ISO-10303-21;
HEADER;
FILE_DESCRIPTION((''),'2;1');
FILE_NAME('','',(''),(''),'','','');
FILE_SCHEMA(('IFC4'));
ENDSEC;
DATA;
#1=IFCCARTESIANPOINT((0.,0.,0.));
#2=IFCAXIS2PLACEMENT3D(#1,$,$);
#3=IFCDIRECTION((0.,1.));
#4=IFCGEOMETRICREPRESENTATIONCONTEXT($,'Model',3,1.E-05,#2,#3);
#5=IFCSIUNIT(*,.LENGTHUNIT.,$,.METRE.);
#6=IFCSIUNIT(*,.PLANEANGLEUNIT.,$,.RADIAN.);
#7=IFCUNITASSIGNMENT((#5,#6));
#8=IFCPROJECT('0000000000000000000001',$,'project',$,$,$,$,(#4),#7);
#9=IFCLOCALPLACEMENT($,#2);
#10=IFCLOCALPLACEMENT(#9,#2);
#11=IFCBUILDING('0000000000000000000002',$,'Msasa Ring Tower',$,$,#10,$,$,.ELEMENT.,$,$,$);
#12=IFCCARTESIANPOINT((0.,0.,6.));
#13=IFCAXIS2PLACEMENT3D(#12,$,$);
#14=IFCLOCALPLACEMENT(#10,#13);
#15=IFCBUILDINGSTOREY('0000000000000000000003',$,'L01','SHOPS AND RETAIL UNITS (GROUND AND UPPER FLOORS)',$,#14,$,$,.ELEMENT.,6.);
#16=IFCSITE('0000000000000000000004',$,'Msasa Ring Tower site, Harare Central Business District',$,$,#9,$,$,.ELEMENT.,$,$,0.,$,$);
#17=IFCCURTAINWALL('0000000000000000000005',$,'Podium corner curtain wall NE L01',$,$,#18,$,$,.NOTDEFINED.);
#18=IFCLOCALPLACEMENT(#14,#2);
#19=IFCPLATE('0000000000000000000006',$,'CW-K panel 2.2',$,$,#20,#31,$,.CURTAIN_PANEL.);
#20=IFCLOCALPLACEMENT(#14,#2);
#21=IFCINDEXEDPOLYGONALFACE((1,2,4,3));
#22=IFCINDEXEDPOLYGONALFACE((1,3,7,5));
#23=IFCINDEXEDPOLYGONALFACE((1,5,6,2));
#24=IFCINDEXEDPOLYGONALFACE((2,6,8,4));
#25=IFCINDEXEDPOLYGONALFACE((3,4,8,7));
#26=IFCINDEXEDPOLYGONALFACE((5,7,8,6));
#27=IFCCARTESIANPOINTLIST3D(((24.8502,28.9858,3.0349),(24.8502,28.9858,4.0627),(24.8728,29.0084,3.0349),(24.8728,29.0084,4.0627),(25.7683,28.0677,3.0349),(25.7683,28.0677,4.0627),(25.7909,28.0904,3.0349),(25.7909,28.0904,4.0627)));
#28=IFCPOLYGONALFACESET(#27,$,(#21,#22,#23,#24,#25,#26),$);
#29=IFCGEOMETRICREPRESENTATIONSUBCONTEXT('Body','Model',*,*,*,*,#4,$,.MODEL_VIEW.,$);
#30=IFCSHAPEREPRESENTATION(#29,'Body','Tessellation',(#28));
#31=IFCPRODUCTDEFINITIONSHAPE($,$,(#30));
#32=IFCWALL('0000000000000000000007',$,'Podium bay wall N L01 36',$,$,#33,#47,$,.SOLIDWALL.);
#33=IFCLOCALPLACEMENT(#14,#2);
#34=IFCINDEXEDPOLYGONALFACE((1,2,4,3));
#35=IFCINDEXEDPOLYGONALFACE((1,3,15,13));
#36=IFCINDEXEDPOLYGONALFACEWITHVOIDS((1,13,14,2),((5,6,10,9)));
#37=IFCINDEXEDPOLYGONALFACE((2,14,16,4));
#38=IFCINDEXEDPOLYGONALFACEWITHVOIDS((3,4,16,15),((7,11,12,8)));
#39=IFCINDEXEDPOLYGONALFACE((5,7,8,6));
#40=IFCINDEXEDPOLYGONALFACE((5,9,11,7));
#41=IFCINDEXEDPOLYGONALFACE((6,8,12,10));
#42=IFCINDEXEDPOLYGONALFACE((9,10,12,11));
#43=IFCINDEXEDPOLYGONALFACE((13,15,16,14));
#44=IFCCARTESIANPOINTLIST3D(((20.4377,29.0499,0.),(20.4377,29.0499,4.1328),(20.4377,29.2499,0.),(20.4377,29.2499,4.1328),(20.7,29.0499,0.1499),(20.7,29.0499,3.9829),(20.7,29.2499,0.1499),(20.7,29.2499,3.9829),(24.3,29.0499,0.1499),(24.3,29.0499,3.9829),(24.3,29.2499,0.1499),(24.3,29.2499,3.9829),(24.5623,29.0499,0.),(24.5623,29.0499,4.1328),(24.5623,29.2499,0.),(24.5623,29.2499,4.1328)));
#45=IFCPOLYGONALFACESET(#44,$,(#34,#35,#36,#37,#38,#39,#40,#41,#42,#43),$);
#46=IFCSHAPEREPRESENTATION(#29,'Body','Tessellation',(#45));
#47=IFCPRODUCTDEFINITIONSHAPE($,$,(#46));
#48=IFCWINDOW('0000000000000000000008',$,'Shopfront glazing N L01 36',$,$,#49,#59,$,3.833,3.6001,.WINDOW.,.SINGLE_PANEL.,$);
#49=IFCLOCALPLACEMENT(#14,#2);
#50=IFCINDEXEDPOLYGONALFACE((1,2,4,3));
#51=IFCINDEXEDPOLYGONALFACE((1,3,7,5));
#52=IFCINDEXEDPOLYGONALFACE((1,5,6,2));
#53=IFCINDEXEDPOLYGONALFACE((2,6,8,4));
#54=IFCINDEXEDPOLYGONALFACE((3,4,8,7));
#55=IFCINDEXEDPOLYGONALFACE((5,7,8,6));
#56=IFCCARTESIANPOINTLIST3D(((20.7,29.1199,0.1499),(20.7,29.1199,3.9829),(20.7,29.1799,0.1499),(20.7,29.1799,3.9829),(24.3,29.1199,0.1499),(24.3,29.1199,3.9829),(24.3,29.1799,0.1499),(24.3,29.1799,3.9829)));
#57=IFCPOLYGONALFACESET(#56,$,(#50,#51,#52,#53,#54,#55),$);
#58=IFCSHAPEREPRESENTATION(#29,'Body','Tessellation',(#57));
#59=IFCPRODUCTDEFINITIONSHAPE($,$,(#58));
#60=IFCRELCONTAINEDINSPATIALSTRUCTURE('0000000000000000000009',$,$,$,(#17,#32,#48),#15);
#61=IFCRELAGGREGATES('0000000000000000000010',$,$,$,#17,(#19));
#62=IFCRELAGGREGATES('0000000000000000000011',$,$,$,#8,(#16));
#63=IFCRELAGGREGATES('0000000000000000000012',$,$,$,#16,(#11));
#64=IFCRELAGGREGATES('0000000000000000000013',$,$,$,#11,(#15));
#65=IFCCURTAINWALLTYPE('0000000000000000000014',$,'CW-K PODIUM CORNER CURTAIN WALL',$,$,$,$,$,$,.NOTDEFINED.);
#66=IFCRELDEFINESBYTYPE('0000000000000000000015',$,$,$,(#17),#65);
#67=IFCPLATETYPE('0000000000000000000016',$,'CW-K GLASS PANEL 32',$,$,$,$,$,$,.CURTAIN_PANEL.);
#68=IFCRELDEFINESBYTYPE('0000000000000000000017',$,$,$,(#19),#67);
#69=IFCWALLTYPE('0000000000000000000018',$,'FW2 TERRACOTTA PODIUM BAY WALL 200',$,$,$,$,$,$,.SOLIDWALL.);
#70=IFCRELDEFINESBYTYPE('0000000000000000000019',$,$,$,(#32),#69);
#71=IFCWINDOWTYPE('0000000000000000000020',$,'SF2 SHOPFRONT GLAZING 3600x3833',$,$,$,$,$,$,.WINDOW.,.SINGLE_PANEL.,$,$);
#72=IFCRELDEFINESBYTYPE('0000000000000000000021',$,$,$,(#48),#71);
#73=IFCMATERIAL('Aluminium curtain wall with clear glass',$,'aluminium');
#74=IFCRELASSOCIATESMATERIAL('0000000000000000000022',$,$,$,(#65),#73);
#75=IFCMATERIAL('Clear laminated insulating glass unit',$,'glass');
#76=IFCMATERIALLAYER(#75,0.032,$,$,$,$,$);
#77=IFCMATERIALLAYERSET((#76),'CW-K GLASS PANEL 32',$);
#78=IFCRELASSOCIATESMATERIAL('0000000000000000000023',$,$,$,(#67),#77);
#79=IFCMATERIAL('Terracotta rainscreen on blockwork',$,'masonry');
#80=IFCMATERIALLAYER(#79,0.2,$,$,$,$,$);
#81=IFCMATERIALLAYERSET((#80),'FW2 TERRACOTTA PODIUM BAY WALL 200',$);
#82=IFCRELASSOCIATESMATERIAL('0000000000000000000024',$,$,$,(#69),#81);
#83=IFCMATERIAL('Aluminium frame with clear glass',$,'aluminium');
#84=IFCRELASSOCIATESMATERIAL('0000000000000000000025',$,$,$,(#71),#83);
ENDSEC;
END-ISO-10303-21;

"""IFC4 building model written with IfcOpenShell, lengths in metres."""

from ifc_helpers import new_model, si_unit, direction, frame, frame_2d, origin, origin_2d, place, context, subcontext, project, spatial, rectangle, extrude, material, layer, layer_set, type_object, element, fill, aggregate, save


model = new_model("IFC4")

# Units and contexts
model_context = context("Model", 3, precision=1e-05, world=origin(), true_north=direction((0.0, 1.0)))
body_context = subcontext(model_context, "Body", "Model", "MODEL_VIEW")
ifc_project = project(units=[si_unit("LENGTHUNIT", "METRE"), si_unit("PLANEANGLEUNIT", "RADIAN")], contexts=[model_context])

# Site, building, storey
site_placement = place(None, origin())
site = spatial("IfcSite", under=ifc_project, at=site_placement, Name="Msasa Ring Tower site, Harare Central Business District", CompositionType="ELEMENT", RefElevation=0.0)
building_placement = place(site_placement, origin())
building = spatial("IfcBuilding", under=site, at=building_placement, Name="Msasa Ring Tower", CompositionType="ELEMENT")
storey_placement = place(building_placement, frame((0.0, 0.0, 6.0)))
storey = spatial("IfcBuildingStorey", under=building, at=storey_placement, Name="L01", Description="SHOPS AND RETAIL UNITS (GROUND AND UPPER FLOORS)", CompositionType="ELEMENT", Elevation=6.0)

# Curtain wall
ifc_material_1 = material(Name="Aluminium curtain wall with clear glass", Category="aluminium")
curtain_wall_type = type_object("IfcCurtainWallType", Name="CW-K PODIUM CORNER CURTAIN WALL", PredefinedType="NOTDEFINED", material=ifc_material_1)
curtain_wall_placement = place(storey_placement, origin())
curtain_wall = element("IfcCurtainWall", 1, at=curtain_wall_placement, inside=storey, type_object=curtain_wall_type, Name="Podium corner curtain wall NE L01", PredefinedType="NOTDEFINED")

# Plate
ifc_material_2 = material(Name="Clear laminated insulating glass unit", Category="glass")
ifc_layer_1 = layer(ifc_material_2, 0.032)
ifc_layer_set_1 = layer_set([ifc_layer_1], Name="CW-K GLASS PANEL 32")
plate_type = type_object("IfcPlateType", Name="CW-K GLASS PANEL 32", PredefinedType="CURTAIN_PANEL", material=ifc_layer_set_1)
plate_1_placement = place(storey_placement, frame((25.3206, 28.5381, 3.0349), z_axis=(0.0, 0.0, 1.0), x_axis=(-0.707107, 0.707107, 0.0)))
plate_1 = element("IfcPlate", 2, at=plate_1_placement, type_object=plate_type, Name="CW-K panel 2.2", PredefinedType="CURTAIN_PANEL", context=body_context, shape_type="SweptSolid", body=[
    extrude(rectangle(XDim=1.2983, YDim=0.032, at=origin_2d()), origin(), (0.0, 0.0, 1.0), 1.0278),
])
aggregate(curtain_wall, [plate_1])

# Wall, opening, window
ifc_material_3 = material(Name="Terracotta rainscreen on blockwork", Category="masonry")
ifc_layer_2 = layer(ifc_material_3, 0.2)
ifc_layer_set_2 = layer_set([ifc_layer_2], Name="FW2 TERRACOTTA PODIUM BAY WALL 200")
wall_type = type_object("IfcWallType", Name="FW2 TERRACOTTA PODIUM BAY WALL 200", PredefinedType="SOLIDWALL", material=ifc_layer_set_2)
wall_placement = place(storey_placement, frame((20.4377, 29.1499, 0.0), z_axis=(0.0, 0.0, 1.0), x_axis=(1.0, 0.0, 0.0)))
wall = element("IfcWall", 3, at=wall_placement, inside=storey, type_object=wall_type, Name="Podium bay wall N L01 36", PredefinedType="SOLIDWALL", context=body_context, shape_type="SweptSolid", body=[
    extrude(rectangle(XDim=4.1245, YDim=0.2, at=frame_2d((2.0623, 0.0))), origin(), (0.0, 0.0, 1.0), 4.1328),
])
opening_placement = place(wall_placement, frame((0.2622, 0.0, 0.1499)))
opening = element("IfcOpeningElement", 4, at=opening_placement, cuts=wall, PredefinedType="OPENING", context=body_context, shape_type="SweptSolid", body=[
    extrude(rectangle(XDim=3.6001, YDim=3.833, at=frame_2d((1.8, 1.9165))), frame((0.0, 0.1099, 0.0), z_axis=(0.0, -1.0, 0.0), x_axis=(1.0, 0.0, 0.0)), (0.0, 0.0, 1.0), 0.22),
])
ifc_material_4 = material(Name="Aluminium frame with clear glass", Category="aluminium")
window_type = type_object("IfcWindowType", Name="SF2 SHOPFRONT GLAZING 3600x3833", PartitioningType="SINGLE_PANEL", PredefinedType="WINDOW", material=ifc_material_4)
window_placement = place(opening_placement, origin())
window = element("IfcWindow", 5, at=window_placement, inside=storey, type_object=window_type, Name="Shopfront glazing N L01 36", OverallHeight=3.833, OverallWidth=3.6001, PartitioningType="SINGLE_PANEL", PredefinedType="WINDOW", context=body_context, shape_type="SweptSolid", body=[
    extrude(rectangle(XDim=3.6001, YDim=3.833, at=frame_2d((1.8, 1.9165))), frame((0.0, 0.03, 0.0), z_axis=(0.0, -1.0, 0.0), x_axis=(1.0, 0.0, 0.0)), (0.0, 0.0, 1.0), 0.0601),
])
fill(opening, window)

save(model, "model.ifc")
